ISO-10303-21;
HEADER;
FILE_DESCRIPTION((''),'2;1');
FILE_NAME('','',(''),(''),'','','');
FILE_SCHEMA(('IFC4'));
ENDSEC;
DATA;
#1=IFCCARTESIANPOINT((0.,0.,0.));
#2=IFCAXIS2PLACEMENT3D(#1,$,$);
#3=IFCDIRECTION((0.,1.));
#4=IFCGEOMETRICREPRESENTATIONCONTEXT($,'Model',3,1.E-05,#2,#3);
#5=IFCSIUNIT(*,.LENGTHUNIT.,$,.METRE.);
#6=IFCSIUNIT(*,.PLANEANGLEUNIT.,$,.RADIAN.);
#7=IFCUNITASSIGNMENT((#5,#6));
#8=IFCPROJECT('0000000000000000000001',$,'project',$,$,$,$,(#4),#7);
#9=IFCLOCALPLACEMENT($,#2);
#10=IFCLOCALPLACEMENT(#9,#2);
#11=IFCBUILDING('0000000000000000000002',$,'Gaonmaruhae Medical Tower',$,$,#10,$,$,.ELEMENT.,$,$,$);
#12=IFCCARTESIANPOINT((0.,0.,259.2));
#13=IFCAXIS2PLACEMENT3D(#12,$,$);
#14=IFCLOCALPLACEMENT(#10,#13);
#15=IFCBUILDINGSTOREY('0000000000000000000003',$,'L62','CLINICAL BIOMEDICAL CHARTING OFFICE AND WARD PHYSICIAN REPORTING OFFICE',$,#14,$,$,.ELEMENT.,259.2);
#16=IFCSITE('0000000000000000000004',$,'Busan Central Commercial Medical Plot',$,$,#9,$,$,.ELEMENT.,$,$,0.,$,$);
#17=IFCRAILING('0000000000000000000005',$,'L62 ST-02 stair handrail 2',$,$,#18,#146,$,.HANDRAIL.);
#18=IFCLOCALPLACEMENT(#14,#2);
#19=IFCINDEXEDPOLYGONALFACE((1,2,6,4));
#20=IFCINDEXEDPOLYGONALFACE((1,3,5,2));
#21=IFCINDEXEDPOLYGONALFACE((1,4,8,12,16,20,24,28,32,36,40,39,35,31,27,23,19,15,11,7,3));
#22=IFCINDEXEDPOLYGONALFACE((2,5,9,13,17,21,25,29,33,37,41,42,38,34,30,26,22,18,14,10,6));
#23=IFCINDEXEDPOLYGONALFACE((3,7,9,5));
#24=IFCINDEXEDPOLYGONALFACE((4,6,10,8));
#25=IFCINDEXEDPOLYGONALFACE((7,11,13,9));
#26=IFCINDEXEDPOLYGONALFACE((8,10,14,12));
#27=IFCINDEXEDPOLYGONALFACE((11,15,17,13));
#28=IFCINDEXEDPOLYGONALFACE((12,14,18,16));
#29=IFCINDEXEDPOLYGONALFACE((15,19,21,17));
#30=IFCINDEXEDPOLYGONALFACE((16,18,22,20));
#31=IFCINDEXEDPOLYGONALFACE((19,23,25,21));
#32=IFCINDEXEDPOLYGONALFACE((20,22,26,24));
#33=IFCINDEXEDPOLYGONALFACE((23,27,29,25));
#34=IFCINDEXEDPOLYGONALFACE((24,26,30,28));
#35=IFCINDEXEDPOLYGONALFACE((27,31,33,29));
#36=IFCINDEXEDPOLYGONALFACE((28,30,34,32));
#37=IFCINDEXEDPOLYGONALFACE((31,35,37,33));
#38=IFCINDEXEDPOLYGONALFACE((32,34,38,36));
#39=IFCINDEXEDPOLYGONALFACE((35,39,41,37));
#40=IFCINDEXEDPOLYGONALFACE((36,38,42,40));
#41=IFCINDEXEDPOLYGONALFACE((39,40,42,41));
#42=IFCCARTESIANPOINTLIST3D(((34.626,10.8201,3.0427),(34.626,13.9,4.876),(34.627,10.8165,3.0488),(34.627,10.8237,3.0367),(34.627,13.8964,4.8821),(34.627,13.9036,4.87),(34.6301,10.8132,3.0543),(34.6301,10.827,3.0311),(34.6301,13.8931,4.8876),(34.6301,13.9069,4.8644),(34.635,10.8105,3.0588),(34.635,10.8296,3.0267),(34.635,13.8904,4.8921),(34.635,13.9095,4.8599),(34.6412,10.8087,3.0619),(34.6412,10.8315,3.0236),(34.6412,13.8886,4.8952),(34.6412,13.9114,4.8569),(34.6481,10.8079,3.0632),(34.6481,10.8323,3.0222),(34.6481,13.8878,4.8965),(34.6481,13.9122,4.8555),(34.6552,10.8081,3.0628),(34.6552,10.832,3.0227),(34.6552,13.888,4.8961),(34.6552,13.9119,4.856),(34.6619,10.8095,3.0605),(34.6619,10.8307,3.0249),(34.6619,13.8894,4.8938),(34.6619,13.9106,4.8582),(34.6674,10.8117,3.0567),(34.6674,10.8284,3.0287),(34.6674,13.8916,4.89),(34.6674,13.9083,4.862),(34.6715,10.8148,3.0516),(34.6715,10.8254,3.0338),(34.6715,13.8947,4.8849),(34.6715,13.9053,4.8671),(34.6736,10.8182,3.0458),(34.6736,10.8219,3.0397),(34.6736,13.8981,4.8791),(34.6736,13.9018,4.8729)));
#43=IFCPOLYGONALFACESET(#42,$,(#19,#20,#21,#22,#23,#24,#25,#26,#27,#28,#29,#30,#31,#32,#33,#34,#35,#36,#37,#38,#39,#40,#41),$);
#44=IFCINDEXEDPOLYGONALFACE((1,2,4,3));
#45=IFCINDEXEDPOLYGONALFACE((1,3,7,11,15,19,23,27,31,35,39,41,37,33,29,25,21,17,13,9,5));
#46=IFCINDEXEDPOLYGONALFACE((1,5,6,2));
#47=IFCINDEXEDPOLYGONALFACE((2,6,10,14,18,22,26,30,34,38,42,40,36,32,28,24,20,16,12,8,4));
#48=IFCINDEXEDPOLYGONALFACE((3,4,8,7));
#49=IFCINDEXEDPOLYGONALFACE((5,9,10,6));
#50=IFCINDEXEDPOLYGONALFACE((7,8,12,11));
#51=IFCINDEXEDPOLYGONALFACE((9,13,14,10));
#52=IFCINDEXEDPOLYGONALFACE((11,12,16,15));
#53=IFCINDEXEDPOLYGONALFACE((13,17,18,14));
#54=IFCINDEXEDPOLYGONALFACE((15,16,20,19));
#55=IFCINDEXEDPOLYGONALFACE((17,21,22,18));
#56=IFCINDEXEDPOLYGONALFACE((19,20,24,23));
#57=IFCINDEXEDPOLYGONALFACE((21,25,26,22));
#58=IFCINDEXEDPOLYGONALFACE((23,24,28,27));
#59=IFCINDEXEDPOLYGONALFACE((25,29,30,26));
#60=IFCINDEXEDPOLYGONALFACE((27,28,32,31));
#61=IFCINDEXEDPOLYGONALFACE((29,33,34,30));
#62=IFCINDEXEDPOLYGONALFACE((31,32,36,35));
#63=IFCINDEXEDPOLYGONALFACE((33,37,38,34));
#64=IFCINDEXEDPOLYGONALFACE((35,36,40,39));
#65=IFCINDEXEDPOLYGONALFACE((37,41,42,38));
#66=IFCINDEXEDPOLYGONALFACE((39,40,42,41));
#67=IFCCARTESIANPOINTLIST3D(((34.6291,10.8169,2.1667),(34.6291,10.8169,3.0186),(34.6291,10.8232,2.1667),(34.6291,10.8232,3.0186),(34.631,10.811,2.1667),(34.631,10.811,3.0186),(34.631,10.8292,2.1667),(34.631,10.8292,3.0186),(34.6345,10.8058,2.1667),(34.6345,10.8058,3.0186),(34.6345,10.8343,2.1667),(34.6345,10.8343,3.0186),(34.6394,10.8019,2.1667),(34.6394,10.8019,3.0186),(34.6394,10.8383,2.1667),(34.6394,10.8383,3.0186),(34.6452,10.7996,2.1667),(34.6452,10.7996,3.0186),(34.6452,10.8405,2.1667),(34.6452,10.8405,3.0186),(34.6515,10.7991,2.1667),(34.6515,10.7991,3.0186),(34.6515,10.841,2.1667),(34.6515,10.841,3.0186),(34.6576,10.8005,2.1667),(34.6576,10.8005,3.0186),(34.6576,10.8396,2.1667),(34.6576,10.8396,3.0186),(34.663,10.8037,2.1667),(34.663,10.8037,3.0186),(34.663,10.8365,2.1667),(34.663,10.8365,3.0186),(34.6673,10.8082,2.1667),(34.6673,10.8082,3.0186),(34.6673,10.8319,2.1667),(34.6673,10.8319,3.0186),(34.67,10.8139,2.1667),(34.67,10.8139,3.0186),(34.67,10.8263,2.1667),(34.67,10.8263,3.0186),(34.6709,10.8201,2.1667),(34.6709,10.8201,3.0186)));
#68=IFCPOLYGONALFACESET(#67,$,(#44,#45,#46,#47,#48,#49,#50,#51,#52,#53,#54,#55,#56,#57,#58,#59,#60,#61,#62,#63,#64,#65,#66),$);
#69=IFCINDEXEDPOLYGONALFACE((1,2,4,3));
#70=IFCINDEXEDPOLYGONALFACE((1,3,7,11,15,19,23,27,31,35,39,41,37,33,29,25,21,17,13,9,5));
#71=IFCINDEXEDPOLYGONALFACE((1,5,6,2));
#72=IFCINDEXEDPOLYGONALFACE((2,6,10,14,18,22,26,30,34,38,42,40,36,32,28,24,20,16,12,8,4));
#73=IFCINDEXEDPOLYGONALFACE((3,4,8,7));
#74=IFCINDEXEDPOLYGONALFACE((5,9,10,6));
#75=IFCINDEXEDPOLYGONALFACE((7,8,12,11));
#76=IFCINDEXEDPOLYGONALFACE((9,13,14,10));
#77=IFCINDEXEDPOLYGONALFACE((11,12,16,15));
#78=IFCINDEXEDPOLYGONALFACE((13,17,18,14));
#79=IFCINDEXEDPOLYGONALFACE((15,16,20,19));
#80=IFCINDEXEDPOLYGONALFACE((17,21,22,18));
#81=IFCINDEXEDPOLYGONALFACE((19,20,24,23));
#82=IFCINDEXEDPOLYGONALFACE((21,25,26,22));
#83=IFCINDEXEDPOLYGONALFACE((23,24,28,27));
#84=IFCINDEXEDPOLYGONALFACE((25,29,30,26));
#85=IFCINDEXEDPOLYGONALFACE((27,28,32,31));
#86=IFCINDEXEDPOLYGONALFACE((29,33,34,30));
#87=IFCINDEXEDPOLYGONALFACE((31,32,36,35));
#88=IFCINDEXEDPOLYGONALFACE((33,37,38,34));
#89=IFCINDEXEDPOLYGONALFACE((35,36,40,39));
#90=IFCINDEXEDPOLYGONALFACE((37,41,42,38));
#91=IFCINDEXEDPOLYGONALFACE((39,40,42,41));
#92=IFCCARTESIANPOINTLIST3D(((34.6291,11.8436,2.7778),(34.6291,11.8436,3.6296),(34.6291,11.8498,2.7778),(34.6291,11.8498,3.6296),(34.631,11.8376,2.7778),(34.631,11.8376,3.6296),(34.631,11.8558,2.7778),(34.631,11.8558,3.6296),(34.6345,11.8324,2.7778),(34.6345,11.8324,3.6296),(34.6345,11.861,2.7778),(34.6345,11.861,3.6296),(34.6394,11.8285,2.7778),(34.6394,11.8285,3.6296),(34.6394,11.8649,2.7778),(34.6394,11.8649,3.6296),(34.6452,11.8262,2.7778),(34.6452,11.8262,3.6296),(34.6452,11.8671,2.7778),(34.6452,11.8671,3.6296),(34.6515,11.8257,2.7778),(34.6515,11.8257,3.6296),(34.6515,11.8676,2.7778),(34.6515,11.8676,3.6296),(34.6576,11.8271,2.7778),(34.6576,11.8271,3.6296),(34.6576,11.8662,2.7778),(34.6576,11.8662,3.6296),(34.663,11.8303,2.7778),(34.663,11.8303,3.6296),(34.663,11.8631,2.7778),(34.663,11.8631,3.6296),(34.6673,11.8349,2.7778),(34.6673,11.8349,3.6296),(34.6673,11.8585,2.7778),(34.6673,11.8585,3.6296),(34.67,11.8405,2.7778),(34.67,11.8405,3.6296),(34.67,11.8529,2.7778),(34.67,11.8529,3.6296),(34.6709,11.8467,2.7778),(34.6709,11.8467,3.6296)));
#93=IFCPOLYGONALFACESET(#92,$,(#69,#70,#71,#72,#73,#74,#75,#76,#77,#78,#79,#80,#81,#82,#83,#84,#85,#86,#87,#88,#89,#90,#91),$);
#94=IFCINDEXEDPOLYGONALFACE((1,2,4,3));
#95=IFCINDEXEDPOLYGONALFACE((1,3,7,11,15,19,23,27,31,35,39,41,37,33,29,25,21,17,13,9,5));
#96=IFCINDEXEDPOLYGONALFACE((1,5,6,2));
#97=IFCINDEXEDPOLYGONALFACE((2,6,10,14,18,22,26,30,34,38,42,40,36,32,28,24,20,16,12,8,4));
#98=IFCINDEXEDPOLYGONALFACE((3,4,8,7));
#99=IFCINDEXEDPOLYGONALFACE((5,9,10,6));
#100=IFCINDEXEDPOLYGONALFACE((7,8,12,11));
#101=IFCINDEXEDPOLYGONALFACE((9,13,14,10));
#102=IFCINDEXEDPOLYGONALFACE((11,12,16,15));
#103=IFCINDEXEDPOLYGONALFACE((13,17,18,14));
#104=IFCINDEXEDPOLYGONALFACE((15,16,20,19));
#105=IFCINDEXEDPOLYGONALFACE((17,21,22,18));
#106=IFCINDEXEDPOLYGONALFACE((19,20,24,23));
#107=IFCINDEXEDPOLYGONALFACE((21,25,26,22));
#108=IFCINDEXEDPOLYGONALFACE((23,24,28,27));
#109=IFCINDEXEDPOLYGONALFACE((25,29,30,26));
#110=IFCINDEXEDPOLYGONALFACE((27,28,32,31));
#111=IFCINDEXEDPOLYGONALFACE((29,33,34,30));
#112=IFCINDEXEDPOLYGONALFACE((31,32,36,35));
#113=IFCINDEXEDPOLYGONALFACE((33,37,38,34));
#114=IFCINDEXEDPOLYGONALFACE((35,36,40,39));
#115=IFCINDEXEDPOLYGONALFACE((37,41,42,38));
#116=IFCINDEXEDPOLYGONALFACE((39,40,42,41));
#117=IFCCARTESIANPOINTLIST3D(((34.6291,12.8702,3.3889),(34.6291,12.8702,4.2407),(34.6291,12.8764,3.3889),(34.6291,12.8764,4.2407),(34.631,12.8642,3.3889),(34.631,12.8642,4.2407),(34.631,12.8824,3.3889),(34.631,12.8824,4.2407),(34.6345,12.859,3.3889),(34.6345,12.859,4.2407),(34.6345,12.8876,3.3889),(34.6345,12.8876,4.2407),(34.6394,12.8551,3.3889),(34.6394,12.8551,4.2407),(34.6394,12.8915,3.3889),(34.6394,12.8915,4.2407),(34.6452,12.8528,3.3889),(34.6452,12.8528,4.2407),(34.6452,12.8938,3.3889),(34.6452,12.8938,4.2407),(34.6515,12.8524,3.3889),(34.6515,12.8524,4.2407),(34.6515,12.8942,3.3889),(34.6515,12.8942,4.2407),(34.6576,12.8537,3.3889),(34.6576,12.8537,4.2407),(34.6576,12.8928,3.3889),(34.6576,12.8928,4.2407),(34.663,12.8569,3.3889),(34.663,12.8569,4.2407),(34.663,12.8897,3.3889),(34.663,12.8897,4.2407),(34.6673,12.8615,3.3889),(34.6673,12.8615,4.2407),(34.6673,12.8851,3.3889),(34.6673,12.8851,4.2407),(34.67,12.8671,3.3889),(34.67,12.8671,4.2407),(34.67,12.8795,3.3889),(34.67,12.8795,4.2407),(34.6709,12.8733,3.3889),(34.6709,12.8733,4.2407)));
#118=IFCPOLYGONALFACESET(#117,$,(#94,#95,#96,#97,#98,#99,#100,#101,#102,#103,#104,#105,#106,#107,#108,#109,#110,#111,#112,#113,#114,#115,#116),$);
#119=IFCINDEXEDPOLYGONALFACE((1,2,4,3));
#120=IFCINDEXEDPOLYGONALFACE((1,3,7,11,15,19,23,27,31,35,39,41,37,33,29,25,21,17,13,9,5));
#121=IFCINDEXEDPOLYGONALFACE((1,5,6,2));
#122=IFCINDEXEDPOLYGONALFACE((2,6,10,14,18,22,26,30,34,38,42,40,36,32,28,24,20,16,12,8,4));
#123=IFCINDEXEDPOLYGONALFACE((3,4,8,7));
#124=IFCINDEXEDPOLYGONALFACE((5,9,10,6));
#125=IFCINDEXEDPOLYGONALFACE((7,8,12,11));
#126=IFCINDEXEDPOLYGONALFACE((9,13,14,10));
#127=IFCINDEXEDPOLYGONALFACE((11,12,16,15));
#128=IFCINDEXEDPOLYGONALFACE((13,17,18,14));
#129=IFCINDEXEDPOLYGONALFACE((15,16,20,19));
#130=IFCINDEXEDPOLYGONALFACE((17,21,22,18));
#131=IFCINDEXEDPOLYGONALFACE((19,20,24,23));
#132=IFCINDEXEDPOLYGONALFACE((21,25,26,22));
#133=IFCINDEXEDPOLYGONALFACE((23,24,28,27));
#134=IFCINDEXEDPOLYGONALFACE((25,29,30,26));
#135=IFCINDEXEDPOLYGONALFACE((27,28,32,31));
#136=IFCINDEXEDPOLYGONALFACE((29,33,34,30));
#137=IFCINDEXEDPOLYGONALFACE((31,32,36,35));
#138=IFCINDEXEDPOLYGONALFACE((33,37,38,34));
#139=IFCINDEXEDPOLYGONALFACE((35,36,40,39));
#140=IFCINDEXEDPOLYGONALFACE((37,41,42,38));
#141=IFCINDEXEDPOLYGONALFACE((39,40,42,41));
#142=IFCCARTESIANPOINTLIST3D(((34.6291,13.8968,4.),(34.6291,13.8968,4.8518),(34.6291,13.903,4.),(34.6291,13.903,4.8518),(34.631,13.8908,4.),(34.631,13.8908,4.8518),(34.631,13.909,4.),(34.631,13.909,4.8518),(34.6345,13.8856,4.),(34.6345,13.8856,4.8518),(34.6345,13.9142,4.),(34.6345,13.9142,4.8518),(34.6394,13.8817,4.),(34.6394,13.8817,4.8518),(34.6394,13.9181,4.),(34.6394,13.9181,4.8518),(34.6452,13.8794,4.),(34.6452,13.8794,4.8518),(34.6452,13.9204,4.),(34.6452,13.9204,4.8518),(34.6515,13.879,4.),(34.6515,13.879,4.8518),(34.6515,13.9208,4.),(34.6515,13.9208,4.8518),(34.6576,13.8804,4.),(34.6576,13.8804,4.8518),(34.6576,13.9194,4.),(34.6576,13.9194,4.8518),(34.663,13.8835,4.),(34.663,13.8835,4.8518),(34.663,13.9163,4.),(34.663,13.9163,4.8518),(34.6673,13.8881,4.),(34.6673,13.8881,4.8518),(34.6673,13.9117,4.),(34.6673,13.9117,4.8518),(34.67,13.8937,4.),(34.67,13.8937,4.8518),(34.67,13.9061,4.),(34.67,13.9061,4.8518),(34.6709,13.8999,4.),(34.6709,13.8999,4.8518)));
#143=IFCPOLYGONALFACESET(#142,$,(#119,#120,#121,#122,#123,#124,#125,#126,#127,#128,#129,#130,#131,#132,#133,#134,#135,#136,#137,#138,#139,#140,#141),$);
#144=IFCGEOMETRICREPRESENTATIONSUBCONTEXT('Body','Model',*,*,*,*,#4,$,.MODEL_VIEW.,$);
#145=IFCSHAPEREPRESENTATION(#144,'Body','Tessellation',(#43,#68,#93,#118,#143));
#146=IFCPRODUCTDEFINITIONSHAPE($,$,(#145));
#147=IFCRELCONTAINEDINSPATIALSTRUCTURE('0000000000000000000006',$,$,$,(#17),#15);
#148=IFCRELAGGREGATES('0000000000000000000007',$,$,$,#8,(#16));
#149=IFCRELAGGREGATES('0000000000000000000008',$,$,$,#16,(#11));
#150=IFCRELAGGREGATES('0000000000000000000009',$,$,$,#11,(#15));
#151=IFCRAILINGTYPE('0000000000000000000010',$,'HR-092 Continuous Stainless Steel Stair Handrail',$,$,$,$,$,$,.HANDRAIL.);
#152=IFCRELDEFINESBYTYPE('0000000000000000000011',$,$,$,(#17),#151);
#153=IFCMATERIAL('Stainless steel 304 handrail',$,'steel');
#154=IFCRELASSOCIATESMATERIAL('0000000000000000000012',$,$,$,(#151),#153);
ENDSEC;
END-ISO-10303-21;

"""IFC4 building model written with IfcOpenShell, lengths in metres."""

from ifc_helpers import new_model, si_unit, direction, frame, origin, origin_2d, place, context, subcontext, project, spatial, circle, extrude, material, type_object, element, save


model = new_model("IFC4")

# Units and contexts
model_context = context("Model", 3, precision=1e-05, world=origin(), true_north=direction((0.0, 1.0)))
body_context = subcontext(model_context, "Body", "Model", "MODEL_VIEW")
ifc_project = project(units=[si_unit("LENGTHUNIT", "METRE"), si_unit("PLANEANGLEUNIT", "RADIAN")], contexts=[model_context])

# Site, building, storey
site_placement = place(None, origin())
site = spatial("IfcSite", under=ifc_project, at=site_placement, Name="Busan Central Commercial Medical Plot", CompositionType="ELEMENT", RefElevation=0.0)
building_placement = place(site_placement, origin())
building = spatial("IfcBuilding", under=site, at=building_placement, Name="Gaonmaruhae Medical Tower", CompositionType="ELEMENT")
storey_placement = place(building_placement, frame((0.0, 0.0, 259.2)))
storey = spatial("IfcBuildingStorey", under=building, at=storey_placement, Name="L62", Description="CLINICAL BIOMEDICAL CHARTING OFFICE AND WARD PHYSICIAN REPORTING OFFICE", CompositionType="ELEMENT", Elevation=259.2)

# Railing
ifc_material_1 = material(Name="Stainless steel 304 handrail", Category="steel")
railing_type_1 = type_object("IfcRailingType", Name="HR-092 Continuous Stainless Steel Stair Handrail", PredefinedType="HANDRAIL", material=ifc_material_1)
railing_1_placement = place(storey_placement, frame((34.6499, 10.8201, 2.1667)))
element("IfcRailing", 1, at=railing_1_placement, inside=storey, type_object=railing_type_1, Name="L62 ST-02 stair handrail 2", PredefinedType="HANDRAIL", context=body_context, shape_type="SweptSolid", body=[
    extrude(circle(Radius=0.0239, at=origin_2d()), frame((0.0, 0.0, 0.876), z_axis=(0.0, 0.859291, 0.511487), x_axis=(-1.0, 0.0, 0.0)), (0.0, 0.0, 1.0), 3.5842),
    extrude(circle(Radius=0.021, at=origin_2d()), origin(), (0.0, 0.0, 1.0), 0.8518),
    extrude(circle(Radius=0.021, at=origin_2d()), frame((0.0, 1.0266, 0.6111)), (0.0, 0.0, 1.0), 0.8518),
    extrude(circle(Radius=0.021, at=origin_2d()), frame((0.0, 2.0532, 1.2222)), (0.0, 0.0, 1.0), 0.8518),
    extrude(circle(Radius=0.021, at=origin_2d()), frame((0.0, 3.0798, 1.8333)), (0.0, 0.0, 1.0), 0.8518),
])

save(model, "model.ifc")
